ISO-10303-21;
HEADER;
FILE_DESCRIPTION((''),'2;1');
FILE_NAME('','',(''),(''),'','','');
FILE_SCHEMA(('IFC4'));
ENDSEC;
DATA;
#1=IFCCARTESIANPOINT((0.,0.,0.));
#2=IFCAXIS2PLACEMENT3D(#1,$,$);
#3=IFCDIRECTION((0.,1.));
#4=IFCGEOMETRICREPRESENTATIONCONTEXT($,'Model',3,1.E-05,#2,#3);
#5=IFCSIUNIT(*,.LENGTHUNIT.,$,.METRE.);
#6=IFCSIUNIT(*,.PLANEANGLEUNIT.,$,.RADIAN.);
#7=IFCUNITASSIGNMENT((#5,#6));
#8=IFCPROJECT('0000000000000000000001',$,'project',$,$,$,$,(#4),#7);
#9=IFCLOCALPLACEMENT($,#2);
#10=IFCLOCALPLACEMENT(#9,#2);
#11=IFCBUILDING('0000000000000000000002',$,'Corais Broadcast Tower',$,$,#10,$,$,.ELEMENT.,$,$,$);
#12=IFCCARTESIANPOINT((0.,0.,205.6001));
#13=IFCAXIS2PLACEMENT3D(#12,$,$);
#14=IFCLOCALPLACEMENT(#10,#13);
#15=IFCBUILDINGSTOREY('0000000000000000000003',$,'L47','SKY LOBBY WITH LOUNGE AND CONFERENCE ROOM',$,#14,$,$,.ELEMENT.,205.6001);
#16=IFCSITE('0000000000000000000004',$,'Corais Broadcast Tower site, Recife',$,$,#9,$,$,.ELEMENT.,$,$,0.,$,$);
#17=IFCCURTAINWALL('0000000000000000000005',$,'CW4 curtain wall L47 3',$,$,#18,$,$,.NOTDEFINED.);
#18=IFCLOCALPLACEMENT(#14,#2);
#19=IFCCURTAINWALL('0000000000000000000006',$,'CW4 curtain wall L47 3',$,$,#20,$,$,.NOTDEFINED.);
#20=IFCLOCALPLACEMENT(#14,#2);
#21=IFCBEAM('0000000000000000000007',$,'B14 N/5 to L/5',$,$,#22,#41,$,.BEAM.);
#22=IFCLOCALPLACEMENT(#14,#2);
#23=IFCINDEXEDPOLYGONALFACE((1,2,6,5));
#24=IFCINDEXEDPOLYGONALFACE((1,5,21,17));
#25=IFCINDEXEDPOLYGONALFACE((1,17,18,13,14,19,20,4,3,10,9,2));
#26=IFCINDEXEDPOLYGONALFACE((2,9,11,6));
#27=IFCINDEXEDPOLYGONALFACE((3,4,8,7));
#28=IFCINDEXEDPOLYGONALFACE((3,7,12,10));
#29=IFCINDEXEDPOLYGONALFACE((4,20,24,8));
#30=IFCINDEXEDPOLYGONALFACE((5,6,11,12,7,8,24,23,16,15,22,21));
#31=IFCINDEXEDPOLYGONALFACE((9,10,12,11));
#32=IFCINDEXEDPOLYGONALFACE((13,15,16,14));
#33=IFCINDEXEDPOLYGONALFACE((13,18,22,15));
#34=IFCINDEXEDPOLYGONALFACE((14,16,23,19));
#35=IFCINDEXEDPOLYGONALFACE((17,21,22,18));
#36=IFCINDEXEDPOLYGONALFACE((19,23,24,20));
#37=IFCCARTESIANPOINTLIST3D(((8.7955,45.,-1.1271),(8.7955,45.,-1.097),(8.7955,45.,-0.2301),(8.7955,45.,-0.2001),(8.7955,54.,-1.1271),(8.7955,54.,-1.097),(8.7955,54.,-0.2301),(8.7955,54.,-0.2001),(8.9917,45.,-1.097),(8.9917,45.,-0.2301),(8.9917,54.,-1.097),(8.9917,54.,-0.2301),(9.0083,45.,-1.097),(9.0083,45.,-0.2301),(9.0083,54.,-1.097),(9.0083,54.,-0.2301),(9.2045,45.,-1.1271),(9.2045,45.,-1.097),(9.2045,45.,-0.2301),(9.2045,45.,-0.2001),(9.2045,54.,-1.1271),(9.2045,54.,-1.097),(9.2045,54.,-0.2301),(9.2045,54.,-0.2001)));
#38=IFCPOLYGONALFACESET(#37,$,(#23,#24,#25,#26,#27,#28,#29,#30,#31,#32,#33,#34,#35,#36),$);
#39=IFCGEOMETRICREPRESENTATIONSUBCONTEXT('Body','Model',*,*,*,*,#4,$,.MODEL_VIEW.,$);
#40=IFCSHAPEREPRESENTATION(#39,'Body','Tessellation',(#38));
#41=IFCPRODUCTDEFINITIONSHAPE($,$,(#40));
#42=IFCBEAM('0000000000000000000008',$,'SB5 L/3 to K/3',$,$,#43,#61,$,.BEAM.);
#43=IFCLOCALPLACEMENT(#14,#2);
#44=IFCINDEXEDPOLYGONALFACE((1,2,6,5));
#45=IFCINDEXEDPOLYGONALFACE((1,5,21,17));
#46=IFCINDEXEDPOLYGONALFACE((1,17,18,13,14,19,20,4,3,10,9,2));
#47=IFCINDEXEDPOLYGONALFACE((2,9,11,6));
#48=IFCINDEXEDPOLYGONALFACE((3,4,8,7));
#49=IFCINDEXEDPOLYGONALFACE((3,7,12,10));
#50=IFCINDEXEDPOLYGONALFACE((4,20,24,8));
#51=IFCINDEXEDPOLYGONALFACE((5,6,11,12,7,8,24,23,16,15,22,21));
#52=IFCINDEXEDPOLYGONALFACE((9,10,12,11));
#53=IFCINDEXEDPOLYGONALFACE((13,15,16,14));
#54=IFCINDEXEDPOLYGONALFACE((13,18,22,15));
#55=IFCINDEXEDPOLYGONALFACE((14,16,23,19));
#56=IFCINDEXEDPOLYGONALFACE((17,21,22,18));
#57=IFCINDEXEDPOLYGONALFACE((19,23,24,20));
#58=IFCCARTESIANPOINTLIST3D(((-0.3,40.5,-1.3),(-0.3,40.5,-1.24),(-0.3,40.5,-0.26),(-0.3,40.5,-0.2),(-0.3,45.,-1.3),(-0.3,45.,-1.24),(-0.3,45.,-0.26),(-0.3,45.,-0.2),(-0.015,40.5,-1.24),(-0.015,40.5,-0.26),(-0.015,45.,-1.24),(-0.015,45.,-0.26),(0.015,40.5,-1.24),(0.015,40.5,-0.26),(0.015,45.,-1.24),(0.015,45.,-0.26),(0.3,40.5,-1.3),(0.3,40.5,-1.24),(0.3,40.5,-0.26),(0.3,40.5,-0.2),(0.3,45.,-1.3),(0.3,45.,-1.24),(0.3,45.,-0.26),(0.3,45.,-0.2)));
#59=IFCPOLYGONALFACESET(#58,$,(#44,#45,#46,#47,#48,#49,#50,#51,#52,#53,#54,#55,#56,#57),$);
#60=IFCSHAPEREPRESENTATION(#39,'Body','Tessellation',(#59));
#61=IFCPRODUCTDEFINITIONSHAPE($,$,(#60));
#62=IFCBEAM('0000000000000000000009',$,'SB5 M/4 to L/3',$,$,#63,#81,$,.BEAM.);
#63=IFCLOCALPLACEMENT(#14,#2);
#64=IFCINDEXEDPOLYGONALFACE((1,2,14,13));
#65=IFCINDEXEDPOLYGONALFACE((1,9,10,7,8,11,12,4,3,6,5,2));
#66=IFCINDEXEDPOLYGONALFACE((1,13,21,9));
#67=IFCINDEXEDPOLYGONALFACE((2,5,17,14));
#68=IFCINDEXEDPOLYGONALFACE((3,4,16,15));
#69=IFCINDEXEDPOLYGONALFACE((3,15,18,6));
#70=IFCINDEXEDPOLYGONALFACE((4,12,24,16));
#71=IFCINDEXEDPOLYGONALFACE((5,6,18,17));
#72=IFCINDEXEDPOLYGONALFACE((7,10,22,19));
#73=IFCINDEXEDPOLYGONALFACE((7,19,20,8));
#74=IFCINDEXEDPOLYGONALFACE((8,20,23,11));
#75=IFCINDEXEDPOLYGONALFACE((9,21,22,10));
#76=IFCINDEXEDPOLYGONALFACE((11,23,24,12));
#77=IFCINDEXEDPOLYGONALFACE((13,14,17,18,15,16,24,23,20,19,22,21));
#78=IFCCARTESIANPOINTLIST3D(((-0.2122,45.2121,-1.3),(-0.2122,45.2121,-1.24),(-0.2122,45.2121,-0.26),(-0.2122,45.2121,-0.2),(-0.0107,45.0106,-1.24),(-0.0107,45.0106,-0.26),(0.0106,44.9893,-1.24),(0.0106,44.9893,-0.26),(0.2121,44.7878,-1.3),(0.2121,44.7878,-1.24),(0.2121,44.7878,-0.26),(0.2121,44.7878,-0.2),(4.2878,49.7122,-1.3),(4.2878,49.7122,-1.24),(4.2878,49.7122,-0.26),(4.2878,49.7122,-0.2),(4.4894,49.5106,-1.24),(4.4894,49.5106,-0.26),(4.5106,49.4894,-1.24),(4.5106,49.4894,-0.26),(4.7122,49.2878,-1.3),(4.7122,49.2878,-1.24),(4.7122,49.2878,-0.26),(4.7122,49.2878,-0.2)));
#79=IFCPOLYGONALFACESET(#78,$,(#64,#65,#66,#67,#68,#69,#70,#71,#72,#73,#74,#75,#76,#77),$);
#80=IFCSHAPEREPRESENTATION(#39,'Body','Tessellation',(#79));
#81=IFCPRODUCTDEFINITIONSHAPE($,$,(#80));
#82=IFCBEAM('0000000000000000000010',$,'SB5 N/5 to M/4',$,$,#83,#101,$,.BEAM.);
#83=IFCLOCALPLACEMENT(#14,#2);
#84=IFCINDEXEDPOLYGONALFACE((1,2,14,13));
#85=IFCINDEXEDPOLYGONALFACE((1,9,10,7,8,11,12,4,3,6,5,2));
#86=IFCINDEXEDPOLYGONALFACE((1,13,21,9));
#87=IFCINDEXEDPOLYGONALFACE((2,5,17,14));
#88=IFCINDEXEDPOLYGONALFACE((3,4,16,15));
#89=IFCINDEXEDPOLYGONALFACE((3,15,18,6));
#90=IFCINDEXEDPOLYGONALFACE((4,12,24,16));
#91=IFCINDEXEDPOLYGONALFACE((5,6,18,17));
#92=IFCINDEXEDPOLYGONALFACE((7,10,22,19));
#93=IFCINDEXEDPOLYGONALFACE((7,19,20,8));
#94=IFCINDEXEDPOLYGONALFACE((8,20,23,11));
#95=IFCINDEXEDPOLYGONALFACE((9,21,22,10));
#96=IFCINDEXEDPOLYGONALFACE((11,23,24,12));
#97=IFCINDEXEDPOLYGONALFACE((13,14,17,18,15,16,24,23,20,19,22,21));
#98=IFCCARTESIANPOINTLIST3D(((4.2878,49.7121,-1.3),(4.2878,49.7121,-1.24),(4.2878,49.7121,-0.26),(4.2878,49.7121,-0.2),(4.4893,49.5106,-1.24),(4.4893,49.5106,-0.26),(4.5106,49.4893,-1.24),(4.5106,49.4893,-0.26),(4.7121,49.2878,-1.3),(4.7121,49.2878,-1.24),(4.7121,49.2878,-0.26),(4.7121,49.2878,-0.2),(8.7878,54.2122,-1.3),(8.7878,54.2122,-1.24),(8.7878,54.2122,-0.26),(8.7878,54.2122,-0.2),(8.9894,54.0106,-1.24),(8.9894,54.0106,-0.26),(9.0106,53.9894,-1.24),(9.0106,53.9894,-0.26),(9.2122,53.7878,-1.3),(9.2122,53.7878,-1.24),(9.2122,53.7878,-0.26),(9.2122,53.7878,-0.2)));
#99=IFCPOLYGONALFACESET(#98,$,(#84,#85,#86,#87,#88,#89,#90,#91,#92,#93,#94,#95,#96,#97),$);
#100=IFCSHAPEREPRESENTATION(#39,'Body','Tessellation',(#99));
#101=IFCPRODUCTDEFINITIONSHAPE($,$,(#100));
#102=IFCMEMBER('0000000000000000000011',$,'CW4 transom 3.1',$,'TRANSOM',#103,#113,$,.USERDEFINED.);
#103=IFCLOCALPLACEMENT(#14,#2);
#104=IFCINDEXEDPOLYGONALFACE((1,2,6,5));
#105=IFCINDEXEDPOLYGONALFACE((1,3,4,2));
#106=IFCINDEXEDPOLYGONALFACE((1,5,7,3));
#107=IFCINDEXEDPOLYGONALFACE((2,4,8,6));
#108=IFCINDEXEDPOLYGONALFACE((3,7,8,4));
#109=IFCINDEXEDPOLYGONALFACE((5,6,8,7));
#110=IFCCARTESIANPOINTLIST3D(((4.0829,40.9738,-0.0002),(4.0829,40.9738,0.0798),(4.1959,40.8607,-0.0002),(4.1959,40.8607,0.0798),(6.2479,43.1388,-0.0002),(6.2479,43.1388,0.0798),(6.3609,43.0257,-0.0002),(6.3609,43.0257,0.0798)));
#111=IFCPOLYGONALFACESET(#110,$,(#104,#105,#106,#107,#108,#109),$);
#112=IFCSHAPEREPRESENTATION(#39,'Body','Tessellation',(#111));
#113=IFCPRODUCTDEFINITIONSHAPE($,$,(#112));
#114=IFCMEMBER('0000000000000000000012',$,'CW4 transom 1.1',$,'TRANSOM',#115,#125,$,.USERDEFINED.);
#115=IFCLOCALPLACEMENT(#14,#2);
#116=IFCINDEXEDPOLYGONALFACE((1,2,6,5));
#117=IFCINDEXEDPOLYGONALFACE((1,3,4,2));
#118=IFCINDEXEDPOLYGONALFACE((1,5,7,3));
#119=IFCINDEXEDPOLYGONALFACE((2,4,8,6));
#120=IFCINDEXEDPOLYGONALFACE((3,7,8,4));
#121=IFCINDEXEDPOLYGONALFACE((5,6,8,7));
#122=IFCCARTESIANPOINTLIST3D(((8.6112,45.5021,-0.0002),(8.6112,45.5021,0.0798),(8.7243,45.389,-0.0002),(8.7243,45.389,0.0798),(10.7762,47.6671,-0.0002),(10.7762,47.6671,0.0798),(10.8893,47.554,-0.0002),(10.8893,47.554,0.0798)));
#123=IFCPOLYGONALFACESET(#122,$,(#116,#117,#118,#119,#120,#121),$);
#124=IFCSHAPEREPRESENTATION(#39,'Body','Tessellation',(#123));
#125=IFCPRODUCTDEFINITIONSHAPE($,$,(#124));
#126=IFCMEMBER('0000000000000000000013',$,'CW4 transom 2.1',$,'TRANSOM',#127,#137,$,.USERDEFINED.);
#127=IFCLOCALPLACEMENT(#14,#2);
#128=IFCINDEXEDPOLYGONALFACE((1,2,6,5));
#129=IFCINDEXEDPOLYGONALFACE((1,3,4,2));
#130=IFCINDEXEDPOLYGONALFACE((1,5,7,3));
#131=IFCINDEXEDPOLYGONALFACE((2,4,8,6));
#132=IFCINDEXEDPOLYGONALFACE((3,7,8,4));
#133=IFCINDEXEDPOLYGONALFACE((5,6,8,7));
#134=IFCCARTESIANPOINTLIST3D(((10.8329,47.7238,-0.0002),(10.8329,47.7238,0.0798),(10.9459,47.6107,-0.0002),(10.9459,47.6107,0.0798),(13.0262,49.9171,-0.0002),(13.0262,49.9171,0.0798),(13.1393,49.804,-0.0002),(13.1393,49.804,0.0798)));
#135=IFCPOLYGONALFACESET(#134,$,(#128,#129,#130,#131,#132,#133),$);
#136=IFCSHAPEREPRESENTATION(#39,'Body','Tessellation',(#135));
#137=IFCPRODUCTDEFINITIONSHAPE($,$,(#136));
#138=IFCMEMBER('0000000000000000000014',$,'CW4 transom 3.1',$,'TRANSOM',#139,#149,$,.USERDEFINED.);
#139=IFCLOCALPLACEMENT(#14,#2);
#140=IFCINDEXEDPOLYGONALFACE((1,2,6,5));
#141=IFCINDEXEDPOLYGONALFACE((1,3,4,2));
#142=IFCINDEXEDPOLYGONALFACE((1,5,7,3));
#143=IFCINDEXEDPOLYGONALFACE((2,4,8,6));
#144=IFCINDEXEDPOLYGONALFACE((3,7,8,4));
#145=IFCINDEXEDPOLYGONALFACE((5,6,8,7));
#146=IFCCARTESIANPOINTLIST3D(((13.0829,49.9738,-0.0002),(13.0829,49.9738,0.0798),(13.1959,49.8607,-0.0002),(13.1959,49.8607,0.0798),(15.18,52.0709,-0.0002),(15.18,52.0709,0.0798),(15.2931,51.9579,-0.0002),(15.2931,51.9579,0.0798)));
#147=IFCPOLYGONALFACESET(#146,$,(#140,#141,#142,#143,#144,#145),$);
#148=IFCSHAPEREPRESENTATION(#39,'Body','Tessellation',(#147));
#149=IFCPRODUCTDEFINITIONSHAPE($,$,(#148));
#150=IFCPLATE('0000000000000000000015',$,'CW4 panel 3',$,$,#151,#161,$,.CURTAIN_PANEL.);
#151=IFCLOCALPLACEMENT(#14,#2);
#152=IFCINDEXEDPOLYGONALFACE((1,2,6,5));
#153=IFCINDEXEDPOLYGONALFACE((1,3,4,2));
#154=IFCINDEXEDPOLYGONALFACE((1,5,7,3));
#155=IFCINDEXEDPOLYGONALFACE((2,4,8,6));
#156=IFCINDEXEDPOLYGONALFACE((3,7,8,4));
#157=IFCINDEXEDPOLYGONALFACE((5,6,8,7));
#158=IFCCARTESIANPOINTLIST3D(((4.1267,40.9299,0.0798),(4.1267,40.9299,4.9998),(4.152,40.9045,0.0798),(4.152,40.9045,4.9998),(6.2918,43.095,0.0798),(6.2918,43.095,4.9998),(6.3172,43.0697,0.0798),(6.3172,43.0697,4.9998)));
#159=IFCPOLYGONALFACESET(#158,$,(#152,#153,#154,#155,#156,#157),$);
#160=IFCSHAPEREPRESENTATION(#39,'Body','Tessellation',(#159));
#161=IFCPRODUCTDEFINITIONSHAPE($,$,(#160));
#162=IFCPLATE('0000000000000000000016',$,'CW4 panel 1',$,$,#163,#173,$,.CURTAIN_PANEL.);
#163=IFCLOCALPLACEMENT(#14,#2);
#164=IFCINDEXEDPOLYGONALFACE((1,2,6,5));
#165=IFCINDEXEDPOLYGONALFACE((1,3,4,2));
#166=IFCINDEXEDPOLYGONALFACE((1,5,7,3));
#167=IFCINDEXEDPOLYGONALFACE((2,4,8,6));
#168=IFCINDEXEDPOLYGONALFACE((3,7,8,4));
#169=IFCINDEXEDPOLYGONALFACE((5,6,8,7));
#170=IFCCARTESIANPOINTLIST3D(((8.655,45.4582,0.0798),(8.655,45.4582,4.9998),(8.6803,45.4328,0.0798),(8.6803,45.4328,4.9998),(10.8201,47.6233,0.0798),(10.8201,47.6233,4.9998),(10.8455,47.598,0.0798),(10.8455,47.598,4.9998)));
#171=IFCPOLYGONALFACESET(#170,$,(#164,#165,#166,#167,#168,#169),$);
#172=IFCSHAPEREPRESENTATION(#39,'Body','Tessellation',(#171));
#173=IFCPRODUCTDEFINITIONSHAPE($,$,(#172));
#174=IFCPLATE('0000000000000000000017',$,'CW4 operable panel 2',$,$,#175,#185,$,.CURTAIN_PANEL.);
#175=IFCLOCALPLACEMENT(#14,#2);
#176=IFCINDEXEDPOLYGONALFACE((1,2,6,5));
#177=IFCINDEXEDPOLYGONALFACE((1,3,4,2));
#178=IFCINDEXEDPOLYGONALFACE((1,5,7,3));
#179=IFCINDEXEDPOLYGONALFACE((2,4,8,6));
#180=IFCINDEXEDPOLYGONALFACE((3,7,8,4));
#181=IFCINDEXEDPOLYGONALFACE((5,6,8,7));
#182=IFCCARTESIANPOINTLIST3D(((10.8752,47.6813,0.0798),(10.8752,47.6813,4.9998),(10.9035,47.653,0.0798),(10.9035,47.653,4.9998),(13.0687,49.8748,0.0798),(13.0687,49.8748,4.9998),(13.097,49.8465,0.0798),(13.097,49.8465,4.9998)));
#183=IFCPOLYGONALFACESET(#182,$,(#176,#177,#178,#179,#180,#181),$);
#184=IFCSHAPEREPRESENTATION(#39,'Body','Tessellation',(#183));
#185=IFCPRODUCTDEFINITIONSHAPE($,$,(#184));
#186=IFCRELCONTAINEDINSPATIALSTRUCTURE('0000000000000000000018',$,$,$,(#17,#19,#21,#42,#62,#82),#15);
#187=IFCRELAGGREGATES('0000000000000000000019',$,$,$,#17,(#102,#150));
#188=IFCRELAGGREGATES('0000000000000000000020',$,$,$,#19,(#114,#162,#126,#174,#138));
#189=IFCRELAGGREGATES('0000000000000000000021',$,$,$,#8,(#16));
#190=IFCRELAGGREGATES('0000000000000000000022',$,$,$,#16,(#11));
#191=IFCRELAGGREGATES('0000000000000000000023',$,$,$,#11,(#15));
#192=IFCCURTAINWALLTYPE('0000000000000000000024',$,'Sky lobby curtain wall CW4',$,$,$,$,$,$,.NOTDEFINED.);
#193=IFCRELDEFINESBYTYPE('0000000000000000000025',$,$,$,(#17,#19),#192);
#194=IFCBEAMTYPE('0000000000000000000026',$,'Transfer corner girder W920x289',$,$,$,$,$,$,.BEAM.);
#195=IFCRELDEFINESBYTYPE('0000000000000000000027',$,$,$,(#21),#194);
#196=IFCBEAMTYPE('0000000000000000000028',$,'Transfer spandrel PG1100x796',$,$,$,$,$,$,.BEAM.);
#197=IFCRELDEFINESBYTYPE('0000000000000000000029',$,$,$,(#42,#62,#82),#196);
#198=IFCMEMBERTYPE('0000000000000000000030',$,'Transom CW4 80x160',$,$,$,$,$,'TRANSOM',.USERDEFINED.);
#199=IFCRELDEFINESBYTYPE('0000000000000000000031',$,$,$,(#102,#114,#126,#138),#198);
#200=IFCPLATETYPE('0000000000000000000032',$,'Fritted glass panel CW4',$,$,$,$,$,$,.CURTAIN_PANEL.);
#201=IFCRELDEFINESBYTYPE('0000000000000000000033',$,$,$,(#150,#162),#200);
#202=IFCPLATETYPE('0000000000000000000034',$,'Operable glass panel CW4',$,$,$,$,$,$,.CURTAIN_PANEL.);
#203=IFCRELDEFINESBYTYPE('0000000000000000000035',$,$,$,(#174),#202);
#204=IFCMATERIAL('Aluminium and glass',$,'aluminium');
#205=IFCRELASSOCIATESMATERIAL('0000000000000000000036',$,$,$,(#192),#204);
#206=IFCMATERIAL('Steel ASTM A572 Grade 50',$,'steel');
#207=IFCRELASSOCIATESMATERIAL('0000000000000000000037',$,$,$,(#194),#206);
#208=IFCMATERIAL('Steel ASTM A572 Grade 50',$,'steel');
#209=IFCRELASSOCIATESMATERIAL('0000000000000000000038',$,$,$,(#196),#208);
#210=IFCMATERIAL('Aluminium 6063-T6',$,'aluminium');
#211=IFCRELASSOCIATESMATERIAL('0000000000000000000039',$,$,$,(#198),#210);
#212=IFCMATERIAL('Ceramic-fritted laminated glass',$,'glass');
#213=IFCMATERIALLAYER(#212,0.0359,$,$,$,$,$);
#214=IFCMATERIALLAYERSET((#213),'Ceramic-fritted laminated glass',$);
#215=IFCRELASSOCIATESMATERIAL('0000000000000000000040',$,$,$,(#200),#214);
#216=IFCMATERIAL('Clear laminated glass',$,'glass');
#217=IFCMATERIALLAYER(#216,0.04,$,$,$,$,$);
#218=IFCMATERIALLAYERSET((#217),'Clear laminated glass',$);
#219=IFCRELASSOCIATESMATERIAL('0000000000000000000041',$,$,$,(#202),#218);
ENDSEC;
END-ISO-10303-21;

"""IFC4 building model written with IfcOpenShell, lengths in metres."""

from ifc_helpers import new_model, si_unit, direction, frame, origin, origin_2d, place, context, subcontext, project, spatial, rectangle, i_section, extrude, material, layer, layer_set, material_profile, profile_set, type_object, element, aggregate, save


model = new_model("IFC4")

# Units and contexts
model_context = context("Model", 3, precision=1e-05, world=origin(), true_north=direction((0.0, 1.0)))
body_context = subcontext(model_context, "Body", "Model", "MODEL_VIEW")
ifc_project = project(units=[si_unit("LENGTHUNIT", "METRE"), si_unit("PLANEANGLEUNIT", "RADIAN")], contexts=[model_context])

# Site, building, storey
site_placement = place(None, origin())
site = spatial("IfcSite", under=ifc_project, at=site_placement, Name="Corais Broadcast Tower site, Recife", CompositionType="ELEMENT", RefElevation=0.0)
building_placement = place(site_placement, origin())
building = spatial("IfcBuilding", under=site, at=building_placement, Name="Corais Broadcast Tower", CompositionType="ELEMENT")
storey_placement = place(building_placement, frame((0.0, 0.0, 205.6001)))
storey = spatial("IfcBuildingStorey", under=building, at=storey_placement, Name="L47", Description="SKY LOBBY WITH LOUNGE AND CONFERENCE ROOM", CompositionType="ELEMENT", Elevation=205.6001)

# Curtain wall
ifc_material_1 = material(Name="Aluminium and glass", Category="aluminium")
curtain_wall_type = type_object("IfcCurtainWallType", Name="Sky lobby curtain wall CW4", PredefinedType="NOTDEFINED", material=ifc_material_1)
curtain_wall_1_placement = place(storey_placement, origin())
curtain_wall_1 = element("IfcCurtainWall", 1, at=curtain_wall_1_placement, inside=storey, type_object=curtain_wall_type, Name="CW4 curtain wall L47 3", PredefinedType="NOTDEFINED")

# Curtain wall
curtain_wall_2_placement = place(storey_placement, origin())
curtain_wall_2 = element("IfcCurtainWall", 2, at=curtain_wall_2_placement, inside=storey, type_object=curtain_wall_type, Name="CW4 curtain wall L47 3", PredefinedType="NOTDEFINED")

# Beams
ifc_material_2 = material(Name="Steel ASTM A572 Grade 50", Category="steel")
ifc_material_profile_1 = material_profile(ifc_material_2, i_section(OverallWidth=0.4089, OverallDepth=0.927, WebThickness=0.0166, FlangeThickness=0.03, at=origin_2d()), Name="W920x289")
ifc_profile_set_1 = profile_set([ifc_material_profile_1], Name="Steel ASTM A572 Grade 50")
beam_type_1 = type_object("IfcBeamType", Name="Transfer corner girder W920x289", PredefinedType="BEAM", material=ifc_profile_set_1)
for number, where, z_axis, x_axis, name in (
    (3, (9.0, 54.0, -0.6636), (0.0, -1.0, 0.0), (1.0, 0.0, 0.0), "B14 N/5 to L/5"),
):
    element("IfcBeam", number, at=place(storey_placement, frame(where, z_axis=z_axis, x_axis=x_axis)), inside=storey, type_object=beam_type_1, Name=name, PredefinedType="BEAM", context=body_context, shape_type="SweptSolid", body=[
        extrude(i_section(OverallWidth=0.4089, OverallDepth=0.927, WebThickness=0.0166, FlangeThickness=0.03, at=origin_2d()), origin(), (0.0, 0.0, 1.0), 9.0),
    ])
ifc_material_3 = material(Name="Steel ASTM A572 Grade 50", Category="steel")
ifc_material_profile_2 = material_profile(ifc_material_3, i_section(OverallWidth=0.6001, OverallDepth=1.1001, WebThickness=0.03, FlangeThickness=0.0601, at=origin_2d()), Name="PG1100x796")
ifc_profile_set_2 = profile_set([ifc_material_profile_2], Name="Steel ASTM A572 Grade 50")
beam_type_2 = type_object("IfcBeamType", Name="Transfer spandrel PG1100x796", PredefinedType="BEAM", material=ifc_profile_set_2)
beam_1_placement = place(storey_placement, frame((0.0, 45.0, -0.75), z_axis=(0.0, -1.0, 0.0), x_axis=(1.0, 0.0, 0.0)))
element("IfcBeam", 4, at=beam_1_placement, inside=storey, type_object=beam_type_2, Name="SB5 L/3 to K/3", PredefinedType="BEAM", context=body_context, shape_type="SweptSolid", body=[
    extrude(i_section(OverallWidth=0.6001, OverallDepth=1.1001, WebThickness=0.03, FlangeThickness=0.0601, at=origin_2d()), origin(), (0.0, 0.0, 1.0), 4.5),
])
for number, where, z_axis, x_axis, name in (
    (5, (4.5, 49.5, -0.75), (-0.707107, -0.707107, 0.0), (0.707107, -0.707107, 0.0), "SB5 M/4 to L/3"),
    (6, (9.0, 54.0, -0.75), (-0.707107, -0.707107, 0.0), (0.707107, -0.707107, 0.0), "SB5 N/5 to M/4"),
):
    element("IfcBeam", number, at=place(storey_placement, frame(where, z_axis=z_axis, x_axis=x_axis)), inside=storey, type_object=beam_type_2, Name=name, PredefinedType="BEAM", context=body_context, shape_type="SweptSolid", body=[
        extrude(i_section(OverallWidth=0.6001, OverallDepth=1.1001, WebThickness=0.03, FlangeThickness=0.0601, at=origin_2d()), origin(), (0.0, 0.0, 1.0), 6.364),
    ])

# Members
ifc_material_4 = material(Name="Aluminium 6063-T6", Category="aluminium")
ifc_material_profile_3 = material_profile(ifc_material_4, rectangle(XDim=0.1599, YDim=0.0801, at=origin_2d()), Name="Transom CW4 80x160")
ifc_profile_set_3 = profile_set([ifc_material_profile_3], Name="Aluminium 6063-T6")
member_type_1 = type_object("IfcMemberType", Name="Transom CW4 80x160", ElementType="TRANSOM", PredefinedType="USERDEFINED", material=ifc_profile_set_3)
member_1_placement = place(storey_placement, frame((4.1394, 40.9172, 0.0398), z_axis=(0.707107, 0.707107, 0.0), x_axis=(-0.707107, 0.707107, 0.0)))
member_1 = element("IfcMember", 7, at=member_1_placement, type_object=member_type_1, Name="CW4 transom 3.1", ObjectType="TRANSOM", PredefinedType="USERDEFINED", context=body_context, shape_type="SweptSolid", body=[
    extrude(rectangle(XDim=0.1599, YDim=0.0801, at=origin_2d()), origin(), (0.0, 0.0, 1.0), 3.0618),
])
member_2_placement = place(storey_placement, frame((8.6677, 45.4456, 0.0398), z_axis=(0.707107, 0.707107, 0.0), x_axis=(-0.707107, 0.707107, 0.0)))
member_2 = element("IfcMember", 8, at=member_2_placement, type_object=member_type_1, Name="CW4 transom 1.1", ObjectType="TRANSOM", PredefinedType="USERDEFINED", context=body_context, shape_type="SweptSolid", body=[
    extrude(rectangle(XDim=0.1599, YDim=0.0801, at=origin_2d()), origin(), (0.0, 0.0, 1.0), 3.0618),
])
member_3_placement = place(storey_placement, frame((10.8894, 47.6672, 0.0398), z_axis=(0.707107, 0.707107, 0.0), x_axis=(-0.707107, 0.707107, 0.0)))
member_3 = element("IfcMember", 9, at=member_3_placement, type_object=member_type_1, Name="CW4 transom 2.1", ObjectType="TRANSOM", PredefinedType="USERDEFINED", context=body_context, shape_type="SweptSolid", body=[
    extrude(rectangle(XDim=0.1599, YDim=0.0801, at=origin_2d()), origin(), (0.0, 0.0, 1.0), 3.1018),
])
member_4_placement = place(storey_placement, frame((13.1394, 49.9172, 0.0398), z_axis=(0.707107, 0.707107, 0.0), x_axis=(-0.707107, 0.707107, 0.0)))
member_4 = element("IfcMember", 10, at=member_4_placement, type_object=member_type_1, Name="CW4 transom 3.1", ObjectType="TRANSOM", PredefinedType="USERDEFINED", context=body_context, shape_type="SweptSolid", body=[
    extrude(rectangle(XDim=0.1599, YDim=0.0801, at=origin_2d()), origin(), (0.0, 0.0, 1.0), 2.9658),
])

# Plates
ifc_material_5 = material(Name="Ceramic-fritted laminated glass", Category="glass")
ifc_layer_1 = layer(ifc_material_5, 0.0359)
ifc_layer_set_1 = layer_set([ifc_layer_1], Name="Ceramic-fritted laminated glass")
plate_type_1 = type_object("IfcPlateType", Name="Fritted glass panel CW4", PredefinedType="CURTAIN_PANEL", material=ifc_layer_set_1)
plate_1_placement = place(storey_placement, frame((5.2219, 41.9998, 0.0798), z_axis=(0.0, 0.0, 1.0), x_axis=(0.707107, 0.707107, 0.0)))
plate_1 = element("IfcPlate", 11, at=plate_1_placement, type_object=plate_type_1, Name="CW4 panel 3", PredefinedType="CURTAIN_PANEL", context=body_context, shape_type="SweptSolid", body=[
    extrude(rectangle(XDim=3.062, YDim=0.0359, at=origin_2d()), origin(), (0.0, 0.0, 1.0), 4.9199),
])
aggregate(curtain_wall_1, [member_1, plate_1])
plate_2_placement = place(storey_placement, frame((9.7502, 46.5281, 0.0798), z_axis=(0.0, 0.0, 1.0), x_axis=(0.707107, 0.707107, 0.0)))
plate_2 = element("IfcPlate", 12, at=plate_2_placement, type_object=plate_type_1, Name="CW4 panel 1", PredefinedType="CURTAIN_PANEL", context=body_context, shape_type="SweptSolid", body=[
    extrude(rectangle(XDim=3.062, YDim=0.0359, at=origin_2d()), origin(), (0.0, 0.0, 1.0), 4.9199),
])
ifc_material_6 = material(Name="Clear laminated glass", Category="glass")
ifc_layer_2 = layer(ifc_material_6, 0.04)
ifc_layer_set_2 = layer_set([ifc_layer_2], Name="Clear laminated glass")
plate_type_2 = type_object("IfcPlateType", Name="Operable glass panel CW4", PredefinedType="CURTAIN_PANEL", material=ifc_layer_set_2)
plate_3_placement = place(storey_placement, frame((11.9861, 48.7639, 0.0798), z_axis=(0.0, 0.0, 1.0), x_axis=(0.707107, 0.707107, 0.0)))
plate_3 = element("IfcPlate", 13, at=plate_3_placement, type_object=plate_type_2, Name="CW4 operable panel 2", PredefinedType="CURTAIN_PANEL", context=body_context, shape_type="SweptSolid", body=[
    extrude(rectangle(XDim=3.1021, YDim=0.04, at=origin_2d()), origin(), (0.0, 0.0, 1.0), 4.9199),
])
aggregate(curtain_wall_2, [member_2, plate_2, member_3, plate_3, member_4])

save(model, "model.ifc")
